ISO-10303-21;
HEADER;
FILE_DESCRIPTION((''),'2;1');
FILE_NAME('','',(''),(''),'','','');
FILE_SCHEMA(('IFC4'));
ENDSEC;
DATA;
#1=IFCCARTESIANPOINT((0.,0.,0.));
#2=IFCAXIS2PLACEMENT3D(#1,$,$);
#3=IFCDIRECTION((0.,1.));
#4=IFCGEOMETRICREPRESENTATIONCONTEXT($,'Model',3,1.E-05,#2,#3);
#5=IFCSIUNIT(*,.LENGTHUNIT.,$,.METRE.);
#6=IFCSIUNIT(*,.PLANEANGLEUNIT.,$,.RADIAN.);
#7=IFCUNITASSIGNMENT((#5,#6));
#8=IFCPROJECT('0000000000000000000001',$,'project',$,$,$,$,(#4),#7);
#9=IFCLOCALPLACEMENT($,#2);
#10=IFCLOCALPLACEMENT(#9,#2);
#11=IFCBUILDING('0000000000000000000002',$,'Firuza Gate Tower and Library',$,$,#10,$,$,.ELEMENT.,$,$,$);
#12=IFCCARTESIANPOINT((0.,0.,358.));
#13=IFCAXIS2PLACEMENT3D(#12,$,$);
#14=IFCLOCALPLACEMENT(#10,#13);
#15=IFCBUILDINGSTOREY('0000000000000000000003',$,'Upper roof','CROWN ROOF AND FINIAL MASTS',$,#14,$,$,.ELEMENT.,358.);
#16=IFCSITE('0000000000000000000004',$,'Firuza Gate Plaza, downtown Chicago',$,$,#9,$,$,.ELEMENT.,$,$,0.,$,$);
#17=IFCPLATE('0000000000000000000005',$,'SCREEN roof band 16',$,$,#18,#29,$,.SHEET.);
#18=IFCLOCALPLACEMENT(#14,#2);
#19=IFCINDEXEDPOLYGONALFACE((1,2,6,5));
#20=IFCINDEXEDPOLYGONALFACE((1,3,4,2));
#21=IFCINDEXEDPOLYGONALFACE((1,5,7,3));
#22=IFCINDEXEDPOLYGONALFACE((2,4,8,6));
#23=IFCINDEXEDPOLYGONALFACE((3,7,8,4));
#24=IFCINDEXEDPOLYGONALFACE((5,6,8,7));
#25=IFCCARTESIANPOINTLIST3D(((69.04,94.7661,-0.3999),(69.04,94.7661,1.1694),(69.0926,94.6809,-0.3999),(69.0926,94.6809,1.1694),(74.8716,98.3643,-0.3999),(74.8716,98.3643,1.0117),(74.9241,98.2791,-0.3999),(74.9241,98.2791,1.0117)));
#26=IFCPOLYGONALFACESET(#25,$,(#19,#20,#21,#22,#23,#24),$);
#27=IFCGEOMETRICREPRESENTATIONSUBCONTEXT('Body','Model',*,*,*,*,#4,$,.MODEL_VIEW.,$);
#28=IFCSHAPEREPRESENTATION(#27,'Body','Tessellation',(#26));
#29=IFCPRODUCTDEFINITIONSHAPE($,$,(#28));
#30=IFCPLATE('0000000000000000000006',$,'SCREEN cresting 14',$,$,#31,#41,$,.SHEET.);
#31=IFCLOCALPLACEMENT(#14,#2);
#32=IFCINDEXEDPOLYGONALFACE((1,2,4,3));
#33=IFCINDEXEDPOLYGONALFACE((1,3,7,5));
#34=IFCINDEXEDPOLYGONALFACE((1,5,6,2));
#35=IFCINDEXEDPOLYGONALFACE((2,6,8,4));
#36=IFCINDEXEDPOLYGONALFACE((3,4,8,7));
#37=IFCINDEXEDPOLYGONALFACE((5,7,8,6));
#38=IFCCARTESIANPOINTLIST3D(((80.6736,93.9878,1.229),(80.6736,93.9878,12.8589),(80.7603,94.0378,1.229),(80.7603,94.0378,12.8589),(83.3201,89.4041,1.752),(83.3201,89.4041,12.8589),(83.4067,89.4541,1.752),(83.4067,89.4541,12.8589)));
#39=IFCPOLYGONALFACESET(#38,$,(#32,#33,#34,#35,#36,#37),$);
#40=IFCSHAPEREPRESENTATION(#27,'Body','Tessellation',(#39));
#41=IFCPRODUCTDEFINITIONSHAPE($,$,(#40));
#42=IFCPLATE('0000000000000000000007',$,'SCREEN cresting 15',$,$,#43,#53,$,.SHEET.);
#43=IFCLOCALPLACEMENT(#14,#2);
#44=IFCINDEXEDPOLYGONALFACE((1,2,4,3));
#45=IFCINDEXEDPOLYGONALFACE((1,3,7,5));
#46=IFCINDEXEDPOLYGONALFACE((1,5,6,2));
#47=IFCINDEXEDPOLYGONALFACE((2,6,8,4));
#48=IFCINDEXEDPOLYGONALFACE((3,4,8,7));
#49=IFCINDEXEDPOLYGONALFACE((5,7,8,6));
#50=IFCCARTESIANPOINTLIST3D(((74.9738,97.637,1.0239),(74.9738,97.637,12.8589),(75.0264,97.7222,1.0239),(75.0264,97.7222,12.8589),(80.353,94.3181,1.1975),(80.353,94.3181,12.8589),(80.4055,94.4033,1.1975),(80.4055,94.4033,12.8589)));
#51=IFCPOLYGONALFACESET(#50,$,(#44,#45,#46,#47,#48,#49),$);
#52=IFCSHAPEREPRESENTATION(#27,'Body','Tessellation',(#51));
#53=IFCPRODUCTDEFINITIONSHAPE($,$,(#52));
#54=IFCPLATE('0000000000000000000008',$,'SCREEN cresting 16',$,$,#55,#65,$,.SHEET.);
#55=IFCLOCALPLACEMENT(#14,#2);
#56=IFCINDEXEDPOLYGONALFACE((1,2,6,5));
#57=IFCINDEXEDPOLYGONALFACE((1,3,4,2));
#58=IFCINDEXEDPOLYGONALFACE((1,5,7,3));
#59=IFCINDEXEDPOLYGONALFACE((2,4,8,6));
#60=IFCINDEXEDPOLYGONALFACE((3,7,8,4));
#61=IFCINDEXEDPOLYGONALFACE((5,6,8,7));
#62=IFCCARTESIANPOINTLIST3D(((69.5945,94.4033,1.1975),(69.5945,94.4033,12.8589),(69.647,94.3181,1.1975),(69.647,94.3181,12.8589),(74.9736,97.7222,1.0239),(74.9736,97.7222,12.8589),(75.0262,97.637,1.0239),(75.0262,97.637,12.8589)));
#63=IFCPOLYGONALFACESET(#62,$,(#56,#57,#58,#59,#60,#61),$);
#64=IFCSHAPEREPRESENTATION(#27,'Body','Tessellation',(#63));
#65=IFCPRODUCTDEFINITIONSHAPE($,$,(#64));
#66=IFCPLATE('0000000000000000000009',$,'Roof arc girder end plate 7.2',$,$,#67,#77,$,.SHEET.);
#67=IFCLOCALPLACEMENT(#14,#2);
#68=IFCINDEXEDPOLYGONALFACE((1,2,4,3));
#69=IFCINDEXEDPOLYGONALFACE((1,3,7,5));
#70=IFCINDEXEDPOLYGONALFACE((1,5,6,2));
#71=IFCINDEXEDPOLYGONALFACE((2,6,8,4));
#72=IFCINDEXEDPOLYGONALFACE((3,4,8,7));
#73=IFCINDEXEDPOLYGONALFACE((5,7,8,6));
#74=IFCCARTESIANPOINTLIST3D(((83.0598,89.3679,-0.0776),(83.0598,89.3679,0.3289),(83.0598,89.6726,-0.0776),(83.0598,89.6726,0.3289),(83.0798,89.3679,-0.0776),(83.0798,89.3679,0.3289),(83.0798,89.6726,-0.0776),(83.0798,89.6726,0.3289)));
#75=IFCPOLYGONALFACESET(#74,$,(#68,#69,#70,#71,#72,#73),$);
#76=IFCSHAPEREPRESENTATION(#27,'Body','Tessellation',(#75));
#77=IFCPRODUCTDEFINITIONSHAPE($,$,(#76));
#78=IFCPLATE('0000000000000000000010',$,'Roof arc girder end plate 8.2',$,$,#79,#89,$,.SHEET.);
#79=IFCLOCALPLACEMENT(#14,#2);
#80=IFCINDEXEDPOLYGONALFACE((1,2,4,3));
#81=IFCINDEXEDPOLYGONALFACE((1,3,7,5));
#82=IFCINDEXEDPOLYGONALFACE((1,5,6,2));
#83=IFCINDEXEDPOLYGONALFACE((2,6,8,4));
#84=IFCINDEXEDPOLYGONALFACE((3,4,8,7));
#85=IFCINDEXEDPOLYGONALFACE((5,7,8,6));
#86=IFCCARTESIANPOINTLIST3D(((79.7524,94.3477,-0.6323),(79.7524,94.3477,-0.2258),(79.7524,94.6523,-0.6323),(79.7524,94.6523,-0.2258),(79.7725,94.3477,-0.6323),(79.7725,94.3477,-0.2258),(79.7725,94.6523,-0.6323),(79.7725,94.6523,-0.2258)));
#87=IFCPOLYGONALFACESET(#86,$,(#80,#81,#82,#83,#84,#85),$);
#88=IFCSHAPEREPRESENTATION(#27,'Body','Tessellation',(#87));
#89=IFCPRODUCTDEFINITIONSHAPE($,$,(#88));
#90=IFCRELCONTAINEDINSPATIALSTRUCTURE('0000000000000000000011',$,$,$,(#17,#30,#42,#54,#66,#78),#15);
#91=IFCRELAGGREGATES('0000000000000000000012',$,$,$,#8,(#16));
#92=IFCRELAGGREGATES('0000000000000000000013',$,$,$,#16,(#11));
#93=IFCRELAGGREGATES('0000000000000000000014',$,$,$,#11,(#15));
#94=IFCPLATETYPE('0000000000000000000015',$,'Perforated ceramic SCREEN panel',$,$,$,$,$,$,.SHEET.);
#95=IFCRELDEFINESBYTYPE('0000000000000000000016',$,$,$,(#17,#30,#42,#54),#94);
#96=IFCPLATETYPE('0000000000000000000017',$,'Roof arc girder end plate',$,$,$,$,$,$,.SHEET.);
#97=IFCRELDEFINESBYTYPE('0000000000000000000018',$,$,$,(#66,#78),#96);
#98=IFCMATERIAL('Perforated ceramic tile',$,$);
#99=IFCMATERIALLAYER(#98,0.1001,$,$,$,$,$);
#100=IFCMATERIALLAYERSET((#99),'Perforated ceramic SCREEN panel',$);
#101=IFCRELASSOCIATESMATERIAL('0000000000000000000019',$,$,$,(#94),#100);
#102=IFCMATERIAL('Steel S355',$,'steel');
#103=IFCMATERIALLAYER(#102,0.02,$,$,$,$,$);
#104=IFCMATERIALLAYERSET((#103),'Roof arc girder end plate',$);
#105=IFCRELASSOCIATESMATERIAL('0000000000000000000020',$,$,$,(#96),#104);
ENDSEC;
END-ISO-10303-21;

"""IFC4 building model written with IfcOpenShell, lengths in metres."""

from ifc_helpers import new_model, si_unit, direction, frame, origin, origin_2d, place, context, subcontext, project, spatial, polyline, rectangle, outline, extrude, material, layer, layer_set, type_object, element, save


model = new_model("IFC4")

# Units and contexts
model_context = context("Model", 3, precision=1e-05, world=origin(), true_north=direction((0.0, 1.0)))
body_context = subcontext(model_context, "Body", "Model", "MODEL_VIEW")
ifc_project = project(units=[si_unit("LENGTHUNIT", "METRE"), si_unit("PLANEANGLEUNIT", "RADIAN")], contexts=[model_context])

# Site, building, storey
site_placement = place(None, origin())
site = spatial("IfcSite", under=ifc_project, at=site_placement, Name="Firuza Gate Plaza, downtown Chicago", CompositionType="ELEMENT", RefElevation=0.0)
building_placement = place(site_placement, origin())
building = spatial("IfcBuilding", under=site, at=building_placement, Name="Firuza Gate Tower and Library", CompositionType="ELEMENT")
storey_placement = place(building_placement, frame((0.0, 0.0, 358.0)))
storey = spatial("IfcBuildingStorey", under=building, at=storey_placement, Name="Upper roof", Description="CROWN ROOF AND FINIAL MASTS", CompositionType="ELEMENT", Elevation=358.0)

# Plates
ifc_material_1 = material(Name="Perforated ceramic tile")
ifc_layer_1 = layer(ifc_material_1, 0.1001)
ifc_layer_set_1 = layer_set([ifc_layer_1], Name="Perforated ceramic SCREEN panel")
plate_type_1 = type_object("IfcPlateType", Name="Perforated ceramic SCREEN panel", PredefinedType="SHEET", material=ifc_layer_set_1)
plate_1_placement = place(storey_placement, frame((74.8716, 98.3643, -0.3999), z_axis=(-0.525103, 0.851039, 0.0), x_axis=(-0.851039, -0.525103, 0.0)))
element("IfcPlate", 1, at=plate_1_placement, inside=storey, type_object=plate_type_1, Name="SCREEN roof band 16", PredefinedType="SHEET", context=body_context, shape_type="SweptSolid", body=[
    extrude(outline(polyline([(0.0, 0.0), (6.8523, 0.0), (6.8523, 1.5693), (0.0, 1.4116), (0.0, 0.0)])), origin(), (0.0, 0.0, -1.0), 0.1001),
])
plate_2_placement = place(storey_placement, frame((83.4067, 89.4541, 1.752), z_axis=(0.86602, 0.500009, 0.0), x_axis=(-0.497586, 0.861824, -0.098324)))
element("IfcPlate", 2, at=plate_2_placement, inside=storey, type_object=plate_type_1, Name="SCREEN cresting 14", PredefinedType="SHEET", context=body_context, shape_type="SweptSolid", body=[
    extrude(outline(polyline([(0.0, 0.0), (5.3186, 0.0), (4.1752, 11.5735), (-1.0921, 11.0531), (0.0, 0.0)])), origin(), (0.0, 0.0, -1.0), 0.1001),
])
plate_3_placement = place(storey_placement, frame((80.4055, 94.4033, 1.1975), z_axis=(0.525084, 0.85105, 0.0), x_axis=(-0.85073, 0.524886, -0.027453)))
element("IfcPlate", 3, at=plate_3_placement, inside=storey, type_object=plate_type_1, Name="SCREEN cresting 15", PredefinedType="SHEET", context=body_context, shape_type="SweptSolid", body=[
    extrude(outline(polyline([(0.0, 0.0), (6.323, 0.0), (5.9981, 11.8305), (-0.3201, 11.657), (0.0, 0.0)])), origin(), (0.0, 0.0, -1.0), 0.1001),
])
plate_4_placement = place(storey_placement, frame((74.9736, 97.7222, 1.0239), z_axis=(-0.525084, 0.85105, 0.0), x_axis=(-0.85073, -0.524886, 0.027453)))
element("IfcPlate", 4, at=plate_4_placement, inside=storey, type_object=plate_type_1, Name="SCREEN cresting 16", PredefinedType="SHEET", context=body_context, shape_type="SweptSolid", body=[
    extrude(outline(polyline([(0.0, 0.0), (6.323, 0.0), (6.6431, 11.657), (0.3249, 11.8305), (0.0, 0.0)])), origin(), (0.0, 0.0, -1.0), 0.1001),
])
ifc_material_2 = material(Name="Steel S355", Category="steel")
ifc_layer_2 = layer(ifc_material_2, 0.02)
ifc_layer_set_2 = layer_set([ifc_layer_2], Name="Roof arc girder end plate")
plate_type_2 = type_object("IfcPlateType", Name="Roof arc girder end plate", PredefinedType="SHEET", material=ifc_layer_set_2)
for number, where, z_axis, x_axis, name in (
    (5, (83.0698, 89.5203, -0.0776), (0.0, 0.0, 1.0), (1.0, 0.0, 0.0), "Roof arc girder end plate 7.2"),
    (6, (79.7625, 94.5, -0.6323), (0.0, 0.0, 1.0), (1.0, 0.0, 0.0), "Roof arc girder end plate 8.2"),
):
    element("IfcPlate", number, at=place(storey_placement, frame(where, z_axis=z_axis, x_axis=x_axis)), inside=storey, type_object=plate_type_2, Name=name, PredefinedType="SHEET", context=body_context, shape_type="SweptSolid", body=[
        extrude(rectangle(XDim=0.02, YDim=0.3047, at=origin_2d()), origin(), (0.0, 0.0, 1.0), 0.4065),
    ])

save(model, "model.ifc")
